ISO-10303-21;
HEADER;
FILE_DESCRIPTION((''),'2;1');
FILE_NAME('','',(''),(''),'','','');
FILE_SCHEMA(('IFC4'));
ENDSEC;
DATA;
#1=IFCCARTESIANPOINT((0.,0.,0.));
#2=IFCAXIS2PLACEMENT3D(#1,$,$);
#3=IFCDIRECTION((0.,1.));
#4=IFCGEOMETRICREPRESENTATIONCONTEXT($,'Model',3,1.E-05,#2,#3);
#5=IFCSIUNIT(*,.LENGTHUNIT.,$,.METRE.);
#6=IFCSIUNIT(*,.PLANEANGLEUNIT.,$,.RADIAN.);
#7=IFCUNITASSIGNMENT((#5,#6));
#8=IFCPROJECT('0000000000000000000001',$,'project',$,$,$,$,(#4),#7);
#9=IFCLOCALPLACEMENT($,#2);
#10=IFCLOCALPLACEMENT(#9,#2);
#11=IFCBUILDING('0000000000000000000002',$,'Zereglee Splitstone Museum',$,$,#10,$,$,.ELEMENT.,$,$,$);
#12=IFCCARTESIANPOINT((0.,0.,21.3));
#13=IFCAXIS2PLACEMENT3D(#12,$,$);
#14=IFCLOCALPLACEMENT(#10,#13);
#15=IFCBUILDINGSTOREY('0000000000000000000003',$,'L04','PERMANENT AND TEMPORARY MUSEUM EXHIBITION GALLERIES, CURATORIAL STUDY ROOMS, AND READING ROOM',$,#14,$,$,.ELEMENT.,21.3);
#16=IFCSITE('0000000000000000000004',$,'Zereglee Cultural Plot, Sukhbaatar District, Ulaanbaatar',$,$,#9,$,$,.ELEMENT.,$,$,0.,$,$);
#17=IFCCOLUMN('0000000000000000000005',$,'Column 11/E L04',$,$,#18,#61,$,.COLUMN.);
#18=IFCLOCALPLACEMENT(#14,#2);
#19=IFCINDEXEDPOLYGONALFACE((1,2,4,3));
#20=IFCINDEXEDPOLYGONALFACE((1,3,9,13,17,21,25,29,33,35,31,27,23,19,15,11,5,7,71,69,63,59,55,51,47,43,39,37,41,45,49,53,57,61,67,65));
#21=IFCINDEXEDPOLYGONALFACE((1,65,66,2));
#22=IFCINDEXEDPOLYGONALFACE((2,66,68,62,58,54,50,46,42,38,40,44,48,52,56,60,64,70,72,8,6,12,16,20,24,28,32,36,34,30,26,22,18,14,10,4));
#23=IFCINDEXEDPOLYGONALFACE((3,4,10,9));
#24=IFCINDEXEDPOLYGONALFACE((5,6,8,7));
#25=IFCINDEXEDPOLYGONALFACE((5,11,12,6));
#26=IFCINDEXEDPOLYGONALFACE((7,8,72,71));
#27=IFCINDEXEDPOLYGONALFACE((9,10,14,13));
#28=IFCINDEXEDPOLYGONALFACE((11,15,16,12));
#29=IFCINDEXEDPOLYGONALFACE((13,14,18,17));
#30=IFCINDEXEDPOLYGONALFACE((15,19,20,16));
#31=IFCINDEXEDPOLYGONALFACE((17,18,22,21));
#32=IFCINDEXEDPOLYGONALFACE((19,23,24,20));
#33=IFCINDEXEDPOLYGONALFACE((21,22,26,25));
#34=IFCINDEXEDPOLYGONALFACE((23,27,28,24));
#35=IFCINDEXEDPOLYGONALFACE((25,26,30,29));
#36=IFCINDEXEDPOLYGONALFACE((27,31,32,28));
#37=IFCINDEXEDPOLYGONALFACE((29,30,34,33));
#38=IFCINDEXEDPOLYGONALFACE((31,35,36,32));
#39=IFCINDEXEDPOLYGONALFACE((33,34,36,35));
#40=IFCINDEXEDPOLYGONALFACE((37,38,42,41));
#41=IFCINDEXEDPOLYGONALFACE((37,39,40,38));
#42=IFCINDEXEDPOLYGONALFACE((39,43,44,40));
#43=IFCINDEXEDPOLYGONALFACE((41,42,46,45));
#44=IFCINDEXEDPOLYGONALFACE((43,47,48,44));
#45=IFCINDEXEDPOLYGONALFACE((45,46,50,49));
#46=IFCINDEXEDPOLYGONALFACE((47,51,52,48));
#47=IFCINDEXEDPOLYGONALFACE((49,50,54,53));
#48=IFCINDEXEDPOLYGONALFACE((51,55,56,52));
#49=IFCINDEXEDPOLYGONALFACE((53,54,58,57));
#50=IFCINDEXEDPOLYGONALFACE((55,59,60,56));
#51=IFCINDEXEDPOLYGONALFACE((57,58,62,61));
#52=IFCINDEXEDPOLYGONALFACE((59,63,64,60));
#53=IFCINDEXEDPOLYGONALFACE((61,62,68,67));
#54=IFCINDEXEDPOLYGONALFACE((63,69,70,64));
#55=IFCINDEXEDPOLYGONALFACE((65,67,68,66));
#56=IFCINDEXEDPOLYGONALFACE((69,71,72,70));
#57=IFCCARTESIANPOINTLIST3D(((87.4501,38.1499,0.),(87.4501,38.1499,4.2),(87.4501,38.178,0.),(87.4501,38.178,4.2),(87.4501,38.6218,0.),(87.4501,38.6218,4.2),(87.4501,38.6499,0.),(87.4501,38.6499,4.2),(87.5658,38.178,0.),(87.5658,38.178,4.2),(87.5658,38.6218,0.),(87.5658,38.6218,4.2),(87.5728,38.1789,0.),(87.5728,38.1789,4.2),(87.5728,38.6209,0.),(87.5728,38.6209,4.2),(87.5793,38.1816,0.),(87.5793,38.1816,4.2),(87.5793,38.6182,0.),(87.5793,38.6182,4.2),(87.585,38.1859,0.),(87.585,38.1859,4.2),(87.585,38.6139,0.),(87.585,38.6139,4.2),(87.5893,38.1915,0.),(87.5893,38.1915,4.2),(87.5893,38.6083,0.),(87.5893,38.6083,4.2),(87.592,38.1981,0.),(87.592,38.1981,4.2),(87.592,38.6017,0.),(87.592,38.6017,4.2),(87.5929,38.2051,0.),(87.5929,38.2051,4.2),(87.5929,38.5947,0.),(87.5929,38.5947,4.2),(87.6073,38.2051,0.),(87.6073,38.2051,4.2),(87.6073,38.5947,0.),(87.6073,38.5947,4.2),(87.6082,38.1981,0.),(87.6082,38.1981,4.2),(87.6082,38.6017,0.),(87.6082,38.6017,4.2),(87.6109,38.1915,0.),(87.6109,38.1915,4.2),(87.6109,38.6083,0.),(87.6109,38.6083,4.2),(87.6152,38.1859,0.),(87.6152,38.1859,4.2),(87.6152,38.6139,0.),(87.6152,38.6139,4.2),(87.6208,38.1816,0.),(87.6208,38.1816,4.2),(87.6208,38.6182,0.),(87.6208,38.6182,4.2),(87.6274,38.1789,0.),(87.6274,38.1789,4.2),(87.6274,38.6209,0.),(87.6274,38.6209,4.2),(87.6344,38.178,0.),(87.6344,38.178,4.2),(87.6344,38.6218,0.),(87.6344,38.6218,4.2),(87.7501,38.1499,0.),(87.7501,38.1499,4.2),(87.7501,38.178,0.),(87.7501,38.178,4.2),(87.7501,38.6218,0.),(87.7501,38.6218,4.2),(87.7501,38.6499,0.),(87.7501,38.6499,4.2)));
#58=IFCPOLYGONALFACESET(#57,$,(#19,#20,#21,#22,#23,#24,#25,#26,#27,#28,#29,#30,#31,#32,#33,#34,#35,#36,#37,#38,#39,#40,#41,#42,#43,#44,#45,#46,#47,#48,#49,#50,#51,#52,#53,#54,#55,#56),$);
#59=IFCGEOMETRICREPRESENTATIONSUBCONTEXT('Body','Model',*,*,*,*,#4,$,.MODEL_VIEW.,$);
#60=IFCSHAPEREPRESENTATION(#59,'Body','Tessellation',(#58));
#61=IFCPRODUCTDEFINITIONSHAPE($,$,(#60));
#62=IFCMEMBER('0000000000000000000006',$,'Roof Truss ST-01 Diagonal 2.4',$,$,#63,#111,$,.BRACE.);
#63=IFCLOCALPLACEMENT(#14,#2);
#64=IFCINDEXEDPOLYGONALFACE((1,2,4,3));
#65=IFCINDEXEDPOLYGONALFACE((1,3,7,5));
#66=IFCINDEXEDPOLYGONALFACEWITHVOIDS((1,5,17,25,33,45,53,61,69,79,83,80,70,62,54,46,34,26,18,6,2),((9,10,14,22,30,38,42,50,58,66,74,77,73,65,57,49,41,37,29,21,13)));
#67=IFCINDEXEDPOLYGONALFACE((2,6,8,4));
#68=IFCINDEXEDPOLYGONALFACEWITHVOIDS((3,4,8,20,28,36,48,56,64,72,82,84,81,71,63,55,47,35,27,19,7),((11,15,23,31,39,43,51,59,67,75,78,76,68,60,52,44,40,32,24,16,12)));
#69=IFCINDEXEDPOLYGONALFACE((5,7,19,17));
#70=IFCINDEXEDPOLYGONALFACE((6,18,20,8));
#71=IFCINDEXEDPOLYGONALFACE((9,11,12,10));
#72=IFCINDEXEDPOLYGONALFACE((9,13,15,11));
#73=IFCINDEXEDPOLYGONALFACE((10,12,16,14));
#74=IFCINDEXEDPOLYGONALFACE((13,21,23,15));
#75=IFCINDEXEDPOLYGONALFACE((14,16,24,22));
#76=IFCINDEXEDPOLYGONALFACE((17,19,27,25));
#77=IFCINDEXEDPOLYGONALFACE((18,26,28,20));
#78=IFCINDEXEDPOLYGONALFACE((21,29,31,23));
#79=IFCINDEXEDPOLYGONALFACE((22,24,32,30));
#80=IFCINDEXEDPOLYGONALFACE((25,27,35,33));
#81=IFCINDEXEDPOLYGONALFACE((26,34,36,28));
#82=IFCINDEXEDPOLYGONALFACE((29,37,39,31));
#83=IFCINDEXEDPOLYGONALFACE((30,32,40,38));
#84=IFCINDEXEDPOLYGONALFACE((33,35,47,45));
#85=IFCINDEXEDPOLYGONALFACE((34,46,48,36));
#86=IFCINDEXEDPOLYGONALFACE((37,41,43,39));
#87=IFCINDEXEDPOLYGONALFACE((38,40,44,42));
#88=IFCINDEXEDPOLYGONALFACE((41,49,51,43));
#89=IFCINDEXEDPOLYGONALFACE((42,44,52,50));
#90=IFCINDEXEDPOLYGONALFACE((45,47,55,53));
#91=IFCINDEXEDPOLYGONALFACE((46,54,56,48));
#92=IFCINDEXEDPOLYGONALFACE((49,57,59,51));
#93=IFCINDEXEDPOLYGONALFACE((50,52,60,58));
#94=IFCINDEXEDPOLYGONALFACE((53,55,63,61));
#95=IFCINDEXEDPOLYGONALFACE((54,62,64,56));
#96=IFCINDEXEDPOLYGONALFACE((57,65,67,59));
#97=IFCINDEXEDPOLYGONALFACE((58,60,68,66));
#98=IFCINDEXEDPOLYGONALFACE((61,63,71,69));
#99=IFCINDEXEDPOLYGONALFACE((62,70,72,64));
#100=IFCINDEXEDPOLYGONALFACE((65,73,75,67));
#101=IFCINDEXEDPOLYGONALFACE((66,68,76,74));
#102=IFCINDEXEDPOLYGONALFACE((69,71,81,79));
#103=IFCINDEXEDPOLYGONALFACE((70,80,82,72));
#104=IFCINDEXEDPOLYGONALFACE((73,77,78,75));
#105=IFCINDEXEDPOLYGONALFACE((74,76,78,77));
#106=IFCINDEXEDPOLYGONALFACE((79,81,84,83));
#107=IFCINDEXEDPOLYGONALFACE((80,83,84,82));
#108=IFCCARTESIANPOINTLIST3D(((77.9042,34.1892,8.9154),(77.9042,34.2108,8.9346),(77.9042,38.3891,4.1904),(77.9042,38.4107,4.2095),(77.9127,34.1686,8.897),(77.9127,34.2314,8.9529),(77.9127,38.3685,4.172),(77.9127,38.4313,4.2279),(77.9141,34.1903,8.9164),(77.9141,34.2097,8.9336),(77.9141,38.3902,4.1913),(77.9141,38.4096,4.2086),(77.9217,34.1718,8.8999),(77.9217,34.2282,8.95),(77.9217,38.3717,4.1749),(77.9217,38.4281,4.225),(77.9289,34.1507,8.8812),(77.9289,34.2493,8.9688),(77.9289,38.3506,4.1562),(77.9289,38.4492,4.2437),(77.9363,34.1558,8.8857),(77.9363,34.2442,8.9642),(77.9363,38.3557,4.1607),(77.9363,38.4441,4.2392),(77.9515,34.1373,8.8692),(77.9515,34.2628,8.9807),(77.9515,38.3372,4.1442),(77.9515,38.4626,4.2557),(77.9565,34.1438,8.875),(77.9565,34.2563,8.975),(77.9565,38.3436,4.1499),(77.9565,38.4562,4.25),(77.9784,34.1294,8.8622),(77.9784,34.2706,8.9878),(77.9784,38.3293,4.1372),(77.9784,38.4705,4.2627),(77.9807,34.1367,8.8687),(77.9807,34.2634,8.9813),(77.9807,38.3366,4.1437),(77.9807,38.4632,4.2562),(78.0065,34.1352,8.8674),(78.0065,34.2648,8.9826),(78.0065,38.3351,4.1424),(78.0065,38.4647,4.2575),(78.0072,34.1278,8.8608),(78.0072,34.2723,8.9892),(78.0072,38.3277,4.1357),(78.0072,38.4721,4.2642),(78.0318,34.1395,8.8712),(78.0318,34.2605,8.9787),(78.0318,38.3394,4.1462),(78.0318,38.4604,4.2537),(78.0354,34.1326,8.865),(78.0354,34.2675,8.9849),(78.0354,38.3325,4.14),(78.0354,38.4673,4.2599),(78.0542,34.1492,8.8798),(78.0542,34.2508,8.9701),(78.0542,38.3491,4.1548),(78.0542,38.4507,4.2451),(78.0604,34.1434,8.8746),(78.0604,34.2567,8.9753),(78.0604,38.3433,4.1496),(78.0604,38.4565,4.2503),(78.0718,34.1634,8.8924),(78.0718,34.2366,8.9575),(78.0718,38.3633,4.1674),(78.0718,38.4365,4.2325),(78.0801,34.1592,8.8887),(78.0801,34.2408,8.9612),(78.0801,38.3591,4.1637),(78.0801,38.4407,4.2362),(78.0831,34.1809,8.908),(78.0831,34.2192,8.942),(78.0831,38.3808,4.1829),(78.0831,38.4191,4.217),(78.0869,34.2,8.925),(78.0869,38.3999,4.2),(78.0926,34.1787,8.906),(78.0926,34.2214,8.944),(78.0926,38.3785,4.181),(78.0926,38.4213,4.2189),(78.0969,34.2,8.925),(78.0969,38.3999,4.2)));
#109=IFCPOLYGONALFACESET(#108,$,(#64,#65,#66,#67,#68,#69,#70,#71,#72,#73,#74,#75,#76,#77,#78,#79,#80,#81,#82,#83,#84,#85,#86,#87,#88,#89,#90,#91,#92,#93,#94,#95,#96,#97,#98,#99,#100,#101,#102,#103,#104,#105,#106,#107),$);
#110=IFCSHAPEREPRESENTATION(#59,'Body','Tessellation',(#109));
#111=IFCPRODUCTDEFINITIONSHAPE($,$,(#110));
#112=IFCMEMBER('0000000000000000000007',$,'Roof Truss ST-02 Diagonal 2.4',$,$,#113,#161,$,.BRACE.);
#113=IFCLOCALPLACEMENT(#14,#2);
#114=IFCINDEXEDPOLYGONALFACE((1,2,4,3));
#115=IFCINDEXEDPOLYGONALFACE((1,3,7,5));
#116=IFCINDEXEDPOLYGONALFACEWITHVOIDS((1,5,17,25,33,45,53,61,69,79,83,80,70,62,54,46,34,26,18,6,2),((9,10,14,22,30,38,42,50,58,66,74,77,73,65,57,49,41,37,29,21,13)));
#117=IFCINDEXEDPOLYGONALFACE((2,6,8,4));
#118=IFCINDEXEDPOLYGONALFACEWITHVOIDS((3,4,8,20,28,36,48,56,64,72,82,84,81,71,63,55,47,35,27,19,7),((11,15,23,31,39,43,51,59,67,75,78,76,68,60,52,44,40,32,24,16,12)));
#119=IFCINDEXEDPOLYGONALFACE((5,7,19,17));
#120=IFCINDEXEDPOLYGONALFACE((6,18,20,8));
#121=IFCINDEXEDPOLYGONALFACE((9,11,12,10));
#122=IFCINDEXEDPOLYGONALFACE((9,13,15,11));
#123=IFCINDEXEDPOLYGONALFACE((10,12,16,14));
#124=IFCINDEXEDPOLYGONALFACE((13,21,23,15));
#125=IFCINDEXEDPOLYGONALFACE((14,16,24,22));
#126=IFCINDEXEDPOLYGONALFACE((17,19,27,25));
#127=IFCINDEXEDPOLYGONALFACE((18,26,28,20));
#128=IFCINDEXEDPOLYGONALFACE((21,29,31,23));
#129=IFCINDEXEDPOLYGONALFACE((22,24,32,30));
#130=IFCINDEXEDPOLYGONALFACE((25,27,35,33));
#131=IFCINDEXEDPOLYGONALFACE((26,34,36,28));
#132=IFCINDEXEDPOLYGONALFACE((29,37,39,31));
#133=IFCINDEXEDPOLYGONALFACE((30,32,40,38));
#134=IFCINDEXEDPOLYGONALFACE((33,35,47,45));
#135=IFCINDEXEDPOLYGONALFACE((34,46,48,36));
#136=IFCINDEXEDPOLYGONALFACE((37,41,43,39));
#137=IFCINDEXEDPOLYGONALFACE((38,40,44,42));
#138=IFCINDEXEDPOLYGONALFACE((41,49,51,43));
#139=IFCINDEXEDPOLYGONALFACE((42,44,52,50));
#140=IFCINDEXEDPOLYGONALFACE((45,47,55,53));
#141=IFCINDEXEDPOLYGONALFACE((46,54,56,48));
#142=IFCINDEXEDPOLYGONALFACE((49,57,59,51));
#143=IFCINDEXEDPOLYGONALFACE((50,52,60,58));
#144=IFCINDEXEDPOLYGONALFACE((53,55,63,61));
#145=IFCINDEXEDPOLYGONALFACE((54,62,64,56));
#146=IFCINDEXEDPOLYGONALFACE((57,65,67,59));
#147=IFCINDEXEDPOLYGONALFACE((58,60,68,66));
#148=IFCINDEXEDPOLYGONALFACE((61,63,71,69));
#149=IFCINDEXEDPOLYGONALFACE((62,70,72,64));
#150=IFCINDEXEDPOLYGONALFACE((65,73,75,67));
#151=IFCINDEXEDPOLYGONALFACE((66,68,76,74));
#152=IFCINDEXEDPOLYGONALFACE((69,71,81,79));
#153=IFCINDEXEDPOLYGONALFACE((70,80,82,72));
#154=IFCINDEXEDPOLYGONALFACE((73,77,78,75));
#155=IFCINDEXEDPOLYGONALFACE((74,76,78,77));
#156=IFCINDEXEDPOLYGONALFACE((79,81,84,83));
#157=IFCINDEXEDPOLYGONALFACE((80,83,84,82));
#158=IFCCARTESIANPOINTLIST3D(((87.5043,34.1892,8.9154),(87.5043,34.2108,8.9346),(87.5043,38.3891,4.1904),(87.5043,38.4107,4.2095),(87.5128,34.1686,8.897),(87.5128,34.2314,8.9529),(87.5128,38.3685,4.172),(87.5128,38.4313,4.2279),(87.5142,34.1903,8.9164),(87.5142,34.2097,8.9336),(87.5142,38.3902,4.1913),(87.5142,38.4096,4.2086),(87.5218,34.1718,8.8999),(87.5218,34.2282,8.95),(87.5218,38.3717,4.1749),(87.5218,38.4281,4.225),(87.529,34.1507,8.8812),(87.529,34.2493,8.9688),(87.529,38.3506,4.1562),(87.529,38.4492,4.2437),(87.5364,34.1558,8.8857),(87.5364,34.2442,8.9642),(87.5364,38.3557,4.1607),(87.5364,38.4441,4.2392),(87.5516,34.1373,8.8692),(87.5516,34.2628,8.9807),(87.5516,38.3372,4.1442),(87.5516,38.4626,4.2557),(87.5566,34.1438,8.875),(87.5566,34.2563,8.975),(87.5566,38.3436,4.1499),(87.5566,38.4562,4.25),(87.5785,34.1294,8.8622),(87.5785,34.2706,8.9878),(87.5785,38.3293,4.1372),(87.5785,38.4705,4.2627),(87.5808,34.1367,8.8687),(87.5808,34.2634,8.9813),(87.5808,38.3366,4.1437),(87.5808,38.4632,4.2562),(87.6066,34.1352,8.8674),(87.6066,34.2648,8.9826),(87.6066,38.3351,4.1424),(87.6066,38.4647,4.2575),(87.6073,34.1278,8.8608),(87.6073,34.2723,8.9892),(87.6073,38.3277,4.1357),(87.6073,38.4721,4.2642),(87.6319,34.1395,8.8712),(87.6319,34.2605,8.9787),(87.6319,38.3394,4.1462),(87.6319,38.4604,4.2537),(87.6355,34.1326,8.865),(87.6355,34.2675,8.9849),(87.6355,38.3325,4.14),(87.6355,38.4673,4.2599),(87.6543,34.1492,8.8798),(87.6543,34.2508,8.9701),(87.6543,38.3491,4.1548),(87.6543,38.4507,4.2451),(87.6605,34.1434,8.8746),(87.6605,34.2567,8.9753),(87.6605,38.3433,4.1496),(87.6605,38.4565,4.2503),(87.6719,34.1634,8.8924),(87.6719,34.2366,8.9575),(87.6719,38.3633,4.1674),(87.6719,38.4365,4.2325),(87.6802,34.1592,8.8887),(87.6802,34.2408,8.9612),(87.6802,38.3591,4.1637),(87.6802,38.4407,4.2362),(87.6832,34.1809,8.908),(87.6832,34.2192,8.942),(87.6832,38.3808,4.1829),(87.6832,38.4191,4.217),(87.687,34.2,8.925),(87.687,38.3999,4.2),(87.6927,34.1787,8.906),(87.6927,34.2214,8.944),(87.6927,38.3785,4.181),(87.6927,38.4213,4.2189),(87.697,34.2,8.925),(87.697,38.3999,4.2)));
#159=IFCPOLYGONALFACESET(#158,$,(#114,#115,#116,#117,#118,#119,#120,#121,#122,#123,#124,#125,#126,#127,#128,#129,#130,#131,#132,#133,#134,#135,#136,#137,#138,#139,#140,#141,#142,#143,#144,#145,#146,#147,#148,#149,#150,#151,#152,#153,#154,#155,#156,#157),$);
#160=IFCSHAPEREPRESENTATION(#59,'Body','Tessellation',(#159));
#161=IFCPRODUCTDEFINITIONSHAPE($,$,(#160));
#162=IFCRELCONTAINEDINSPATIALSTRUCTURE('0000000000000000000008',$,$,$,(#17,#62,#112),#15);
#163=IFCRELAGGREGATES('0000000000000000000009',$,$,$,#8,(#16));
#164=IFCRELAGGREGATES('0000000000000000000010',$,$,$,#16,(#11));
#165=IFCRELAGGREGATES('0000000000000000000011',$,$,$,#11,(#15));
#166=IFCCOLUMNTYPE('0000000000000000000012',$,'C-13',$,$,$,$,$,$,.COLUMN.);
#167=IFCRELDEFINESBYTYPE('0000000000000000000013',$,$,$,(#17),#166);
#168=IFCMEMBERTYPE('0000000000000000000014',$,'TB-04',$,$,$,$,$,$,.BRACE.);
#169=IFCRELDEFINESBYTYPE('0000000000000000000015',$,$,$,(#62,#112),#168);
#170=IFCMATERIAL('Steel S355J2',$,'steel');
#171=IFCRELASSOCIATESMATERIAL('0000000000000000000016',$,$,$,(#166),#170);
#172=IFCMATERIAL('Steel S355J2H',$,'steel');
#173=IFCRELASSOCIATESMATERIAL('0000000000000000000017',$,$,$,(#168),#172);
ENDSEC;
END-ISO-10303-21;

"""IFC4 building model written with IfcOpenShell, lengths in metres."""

from ifc_helpers import new_model, si_unit, direction, frame, origin, origin_2d, place, context, subcontext, project, spatial, hollow_circle, i_section, extrude, material, material_profile, profile_set, type_object, element, save


model = new_model("IFC4")

# Units and contexts
model_context = context("Model", 3, precision=1e-05, world=origin(), true_north=direction((0.0, 1.0)))
body_context = subcontext(model_context, "Body", "Model", "MODEL_VIEW")
ifc_project = project(units=[si_unit("LENGTHUNIT", "METRE"), si_unit("PLANEANGLEUNIT", "RADIAN")], contexts=[model_context])

# Site, building, storey
site_placement = place(None, origin())
site = spatial("IfcSite", under=ifc_project, at=site_placement, Name="Zereglee Cultural Plot, Sukhbaatar District, Ulaanbaatar", CompositionType="ELEMENT", RefElevation=0.0)
building_placement = place(site_placement, origin())
building = spatial("IfcBuilding", under=site, at=building_placement, Name="Zereglee Splitstone Museum", CompositionType="ELEMENT")
storey_placement = place(building_placement, frame((0.0, 0.0, 21.3)))
storey = spatial("IfcBuildingStorey", under=building, at=storey_placement, Name="L04", Description="PERMANENT AND TEMPORARY MUSEUM EXHIBITION GALLERIES, CURATORIAL STUDY ROOMS, AND READING ROOM", CompositionType="ELEMENT", Elevation=21.3)

# Column
ifc_material_1 = material(Name="Steel S355J2", Category="steel")
ifc_material_profile_1 = material_profile(ifc_material_1, i_section(OverallWidth=0.3, OverallDepth=0.5, WebThickness=0.0144, FlangeThickness=0.0281, FilletRadius=0.0271, at=origin_2d()), Name="HE 500 B")
ifc_profile_set_1 = profile_set([ifc_material_profile_1], Name="Steel S355J2")
column_type = type_object("IfcColumnType", Name="C-13", PredefinedType="COLUMN", material=ifc_profile_set_1)
column_placement = place(storey_placement, frame((87.6001, 38.3999, 0.0), z_axis=(0.0, 0.0, 1.0), x_axis=(1.0, 0.0, 0.0)))
element("IfcColumn", 1, at=column_placement, inside=storey, type_object=column_type, Name="Column 11/E L04", PredefinedType="COLUMN", context=body_context, shape_type="SweptSolid", body=[
    extrude(i_section(OverallWidth=0.3, OverallDepth=0.5, WebThickness=0.0144, FlangeThickness=0.0281, FilletRadius=0.0271, at=origin_2d()), origin(), (0.0, 0.0, 1.0), 4.2),
])

# Members
ifc_material_2 = material(Name="Steel S355J2H", Category="steel")
ifc_material_profile_2 = material_profile(ifc_material_2, hollow_circle(Radius=0.0969, WallThickness=0.01, at=origin_2d()), Name="CHS 193.7x10")
ifc_profile_set_2 = profile_set([ifc_material_profile_2], Name="Steel S355J2H")
member_type_1 = type_object("IfcMemberType", Name="TB-04", PredefinedType="BRACE", material=ifc_profile_set_2)
for number, where, z_axis, x_axis, name in (
    (2, (78.0, 38.3999, 4.2), (0.0, -0.664352, 0.74742), (1.0, 0.0, 0.0), "Roof Truss ST-01 Diagonal 2.4"),
    (3, (87.6001, 38.3999, 4.2), (0.0, -0.664352, 0.74742), (1.0, 0.0, 0.0), "Roof Truss ST-02 Diagonal 2.4"),
):
    element("IfcMember", number, at=place(storey_placement, frame(where, z_axis=z_axis, x_axis=x_axis)), inside=storey, type_object=member_type_1, Name=name, PredefinedType="BRACE", context=body_context, shape_type="SweptSolid", body=[
        extrude(hollow_circle(Radius=0.0969, WallThickness=0.01, at=origin_2d()), origin(), (0.0, 0.0, 1.0), 6.3218),
    ])

save(model, "model.ifc")
